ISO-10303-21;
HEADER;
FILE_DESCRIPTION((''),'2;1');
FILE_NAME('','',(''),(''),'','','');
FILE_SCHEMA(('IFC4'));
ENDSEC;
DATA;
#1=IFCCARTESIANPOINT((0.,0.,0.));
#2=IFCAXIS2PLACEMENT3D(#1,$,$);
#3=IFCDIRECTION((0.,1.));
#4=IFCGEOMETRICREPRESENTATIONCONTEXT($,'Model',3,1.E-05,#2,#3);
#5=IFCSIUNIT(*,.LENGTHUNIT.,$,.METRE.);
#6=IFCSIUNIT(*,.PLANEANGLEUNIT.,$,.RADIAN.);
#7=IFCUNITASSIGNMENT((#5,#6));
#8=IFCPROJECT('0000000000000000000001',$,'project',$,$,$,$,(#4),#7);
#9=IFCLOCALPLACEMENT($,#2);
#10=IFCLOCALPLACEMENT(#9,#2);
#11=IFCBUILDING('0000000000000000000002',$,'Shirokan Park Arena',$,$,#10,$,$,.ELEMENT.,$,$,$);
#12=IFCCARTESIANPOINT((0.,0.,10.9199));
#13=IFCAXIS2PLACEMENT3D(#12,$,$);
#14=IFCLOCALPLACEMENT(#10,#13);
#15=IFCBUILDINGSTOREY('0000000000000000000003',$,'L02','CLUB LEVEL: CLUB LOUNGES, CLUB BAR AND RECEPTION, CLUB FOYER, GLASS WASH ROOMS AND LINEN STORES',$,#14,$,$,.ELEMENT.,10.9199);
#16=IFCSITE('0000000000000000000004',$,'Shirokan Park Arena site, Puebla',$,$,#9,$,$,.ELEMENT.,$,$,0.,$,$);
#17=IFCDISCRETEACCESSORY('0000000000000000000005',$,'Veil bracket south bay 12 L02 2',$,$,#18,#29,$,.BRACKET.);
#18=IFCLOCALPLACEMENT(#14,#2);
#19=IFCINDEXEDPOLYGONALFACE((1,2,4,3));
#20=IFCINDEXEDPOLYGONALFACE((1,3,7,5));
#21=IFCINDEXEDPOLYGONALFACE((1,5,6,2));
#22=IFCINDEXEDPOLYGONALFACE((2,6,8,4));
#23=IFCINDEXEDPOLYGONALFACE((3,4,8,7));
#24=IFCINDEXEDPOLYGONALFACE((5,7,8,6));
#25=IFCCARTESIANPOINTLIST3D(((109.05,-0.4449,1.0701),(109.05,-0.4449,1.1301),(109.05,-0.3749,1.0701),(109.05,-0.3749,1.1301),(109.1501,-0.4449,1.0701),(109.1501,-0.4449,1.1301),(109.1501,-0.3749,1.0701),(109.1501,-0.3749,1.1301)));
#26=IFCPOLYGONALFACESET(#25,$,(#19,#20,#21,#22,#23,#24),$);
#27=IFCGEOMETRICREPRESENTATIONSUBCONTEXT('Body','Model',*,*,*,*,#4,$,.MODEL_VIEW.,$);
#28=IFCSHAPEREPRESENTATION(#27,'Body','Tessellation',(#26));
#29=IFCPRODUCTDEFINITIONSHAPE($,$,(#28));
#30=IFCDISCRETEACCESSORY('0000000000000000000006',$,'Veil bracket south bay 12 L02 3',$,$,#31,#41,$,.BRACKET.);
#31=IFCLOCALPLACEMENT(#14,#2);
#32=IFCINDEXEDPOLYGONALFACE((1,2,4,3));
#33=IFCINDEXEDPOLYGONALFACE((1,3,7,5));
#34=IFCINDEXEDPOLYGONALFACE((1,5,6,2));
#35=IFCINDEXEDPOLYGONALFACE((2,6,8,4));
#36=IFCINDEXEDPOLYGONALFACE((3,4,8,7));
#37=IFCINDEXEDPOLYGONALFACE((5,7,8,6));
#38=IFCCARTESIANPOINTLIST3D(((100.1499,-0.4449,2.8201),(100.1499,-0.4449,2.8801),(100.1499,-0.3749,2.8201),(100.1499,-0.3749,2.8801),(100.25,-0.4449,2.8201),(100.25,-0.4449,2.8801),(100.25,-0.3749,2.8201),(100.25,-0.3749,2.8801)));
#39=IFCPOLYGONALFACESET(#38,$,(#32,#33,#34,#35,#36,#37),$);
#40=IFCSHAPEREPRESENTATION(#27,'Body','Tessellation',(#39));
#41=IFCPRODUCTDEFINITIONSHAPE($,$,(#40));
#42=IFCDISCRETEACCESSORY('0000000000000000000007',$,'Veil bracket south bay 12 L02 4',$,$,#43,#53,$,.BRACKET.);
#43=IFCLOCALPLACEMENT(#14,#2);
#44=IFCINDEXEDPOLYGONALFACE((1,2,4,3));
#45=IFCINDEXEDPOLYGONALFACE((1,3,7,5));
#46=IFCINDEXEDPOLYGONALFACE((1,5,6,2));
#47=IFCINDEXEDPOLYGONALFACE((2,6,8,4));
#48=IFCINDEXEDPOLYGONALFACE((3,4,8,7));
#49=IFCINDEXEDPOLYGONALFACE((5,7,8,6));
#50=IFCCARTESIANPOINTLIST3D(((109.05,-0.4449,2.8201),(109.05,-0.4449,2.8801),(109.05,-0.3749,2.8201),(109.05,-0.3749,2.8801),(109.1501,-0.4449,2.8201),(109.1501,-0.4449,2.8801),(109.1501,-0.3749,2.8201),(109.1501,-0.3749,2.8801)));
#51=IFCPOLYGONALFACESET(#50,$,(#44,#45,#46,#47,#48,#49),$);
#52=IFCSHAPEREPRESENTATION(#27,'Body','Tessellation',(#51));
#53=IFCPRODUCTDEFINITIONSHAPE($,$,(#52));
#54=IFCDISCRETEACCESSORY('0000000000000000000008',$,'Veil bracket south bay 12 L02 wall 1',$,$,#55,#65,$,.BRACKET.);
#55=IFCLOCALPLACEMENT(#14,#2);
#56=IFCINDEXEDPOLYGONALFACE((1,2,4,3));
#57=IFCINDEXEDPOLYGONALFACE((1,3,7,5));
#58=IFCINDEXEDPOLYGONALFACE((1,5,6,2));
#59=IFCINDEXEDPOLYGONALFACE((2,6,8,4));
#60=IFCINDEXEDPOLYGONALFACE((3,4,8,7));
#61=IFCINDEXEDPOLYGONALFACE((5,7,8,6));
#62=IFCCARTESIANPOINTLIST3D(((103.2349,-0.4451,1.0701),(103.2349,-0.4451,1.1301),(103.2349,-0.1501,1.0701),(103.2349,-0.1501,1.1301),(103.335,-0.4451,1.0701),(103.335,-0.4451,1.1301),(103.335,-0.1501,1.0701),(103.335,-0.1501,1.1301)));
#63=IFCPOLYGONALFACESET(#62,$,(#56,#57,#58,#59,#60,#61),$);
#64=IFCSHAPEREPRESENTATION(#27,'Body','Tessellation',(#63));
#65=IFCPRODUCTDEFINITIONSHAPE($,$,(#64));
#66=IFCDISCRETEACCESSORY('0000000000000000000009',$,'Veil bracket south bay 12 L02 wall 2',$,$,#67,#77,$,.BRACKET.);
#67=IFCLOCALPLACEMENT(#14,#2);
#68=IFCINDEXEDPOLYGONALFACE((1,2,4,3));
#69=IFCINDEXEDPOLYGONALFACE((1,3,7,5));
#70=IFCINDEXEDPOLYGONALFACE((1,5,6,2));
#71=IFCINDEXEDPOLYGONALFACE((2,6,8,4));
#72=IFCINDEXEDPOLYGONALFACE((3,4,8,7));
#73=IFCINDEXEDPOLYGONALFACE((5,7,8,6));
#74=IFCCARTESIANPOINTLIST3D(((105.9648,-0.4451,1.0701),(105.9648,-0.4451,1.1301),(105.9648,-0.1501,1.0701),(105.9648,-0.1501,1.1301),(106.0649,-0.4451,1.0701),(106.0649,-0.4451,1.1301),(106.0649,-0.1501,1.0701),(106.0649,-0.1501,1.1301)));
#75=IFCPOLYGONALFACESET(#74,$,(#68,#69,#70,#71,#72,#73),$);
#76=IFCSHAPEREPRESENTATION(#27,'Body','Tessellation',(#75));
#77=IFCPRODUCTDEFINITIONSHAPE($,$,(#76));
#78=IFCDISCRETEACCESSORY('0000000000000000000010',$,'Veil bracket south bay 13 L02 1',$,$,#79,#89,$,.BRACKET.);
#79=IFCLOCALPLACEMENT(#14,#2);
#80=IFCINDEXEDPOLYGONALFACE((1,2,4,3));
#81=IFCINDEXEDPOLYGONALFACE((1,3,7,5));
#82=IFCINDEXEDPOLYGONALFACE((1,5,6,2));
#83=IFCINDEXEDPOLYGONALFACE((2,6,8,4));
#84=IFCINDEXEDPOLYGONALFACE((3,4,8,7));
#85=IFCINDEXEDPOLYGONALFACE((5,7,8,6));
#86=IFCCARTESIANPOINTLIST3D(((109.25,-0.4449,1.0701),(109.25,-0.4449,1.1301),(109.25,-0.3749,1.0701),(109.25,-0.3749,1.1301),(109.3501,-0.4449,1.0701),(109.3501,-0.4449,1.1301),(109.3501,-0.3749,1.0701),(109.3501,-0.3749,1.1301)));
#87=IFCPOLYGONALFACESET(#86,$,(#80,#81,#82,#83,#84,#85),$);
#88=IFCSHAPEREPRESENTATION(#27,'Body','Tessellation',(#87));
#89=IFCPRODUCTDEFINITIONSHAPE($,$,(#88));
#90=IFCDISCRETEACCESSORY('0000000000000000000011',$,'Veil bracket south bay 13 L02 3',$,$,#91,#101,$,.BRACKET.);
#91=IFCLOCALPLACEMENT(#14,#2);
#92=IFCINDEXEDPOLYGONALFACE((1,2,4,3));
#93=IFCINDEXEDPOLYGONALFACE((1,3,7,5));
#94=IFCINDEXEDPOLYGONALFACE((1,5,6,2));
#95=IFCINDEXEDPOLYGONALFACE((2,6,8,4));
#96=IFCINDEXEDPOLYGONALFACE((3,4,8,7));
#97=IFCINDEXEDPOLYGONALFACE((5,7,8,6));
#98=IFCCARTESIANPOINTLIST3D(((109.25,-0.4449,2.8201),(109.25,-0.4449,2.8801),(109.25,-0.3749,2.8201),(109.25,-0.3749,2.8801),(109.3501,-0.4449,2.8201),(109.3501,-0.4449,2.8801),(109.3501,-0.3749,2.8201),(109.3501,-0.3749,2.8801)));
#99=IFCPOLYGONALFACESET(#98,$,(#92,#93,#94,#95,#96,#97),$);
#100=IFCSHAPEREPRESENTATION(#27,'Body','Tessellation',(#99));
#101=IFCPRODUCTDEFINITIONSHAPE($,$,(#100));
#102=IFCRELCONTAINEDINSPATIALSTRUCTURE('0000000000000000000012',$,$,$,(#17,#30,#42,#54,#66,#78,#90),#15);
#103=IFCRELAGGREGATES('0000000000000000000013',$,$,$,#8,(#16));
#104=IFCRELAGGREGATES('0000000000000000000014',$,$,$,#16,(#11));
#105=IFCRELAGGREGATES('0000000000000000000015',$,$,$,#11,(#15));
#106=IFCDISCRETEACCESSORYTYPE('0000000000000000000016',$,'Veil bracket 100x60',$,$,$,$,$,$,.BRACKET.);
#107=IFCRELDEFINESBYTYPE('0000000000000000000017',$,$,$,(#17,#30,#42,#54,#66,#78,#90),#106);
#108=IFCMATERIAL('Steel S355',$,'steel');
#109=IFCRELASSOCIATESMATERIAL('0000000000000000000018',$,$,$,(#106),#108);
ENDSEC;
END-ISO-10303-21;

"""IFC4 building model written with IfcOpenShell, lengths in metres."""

from ifc_helpers import new_model, si_unit, direction, frame, origin, origin_2d, place, context, subcontext, project, spatial, rectangle, extrude, material, type_object, element, save


model = new_model("IFC4")

# Units and contexts
model_context = context("Model", 3, precision=1e-05, world=origin(), true_north=direction((0.0, 1.0)))
body_context = subcontext(model_context, "Body", "Model", "MODEL_VIEW")
ifc_project = project(units=[si_unit("LENGTHUNIT", "METRE"), si_unit("PLANEANGLEUNIT", "RADIAN")], contexts=[model_context])

# Site, building, storey
site_placement = place(None, origin())
site = spatial("IfcSite", under=ifc_project, at=site_placement, Name="Shirokan Park Arena site, Puebla", CompositionType="ELEMENT", RefElevation=0.0)
building_placement = place(site_placement, origin())
building = spatial("IfcBuilding", under=site, at=building_placement, Name="Shirokan Park Arena", CompositionType="ELEMENT")
storey_placement = place(building_placement, frame((0.0, 0.0, 10.9199)))
storey = spatial("IfcBuildingStorey", under=building, at=storey_placement, Name="L02", Description="CLUB LEVEL: CLUB LOUNGES, CLUB BAR AND RECEPTION, CLUB FOYER, GLASS WASH ROOMS AND LINEN STORES", CompositionType="ELEMENT", Elevation=10.9199)

# Shared definitions
ifc_material_1 = material(Name="Steel S355", Category="steel")

# Discrete accessories
discrete_accessory_type = type_object("IfcDiscreteAccessoryType", Name="Veil bracket 100x60", PredefinedType="BRACKET", material=ifc_material_1)
for number, where, z_axis, x_axis, name in (
    (1, (109.1001, -0.4099, 1.0701), (0.0, 0.0, 1.0), (1.0, 0.0, 0.0), "Veil bracket south bay 12 L02 2"),
    (2, (100.2, -0.4099, 2.8201), (0.0, 0.0, 1.0), (1.0, 0.0, 0.0), "Veil bracket south bay 12 L02 3"),
    (3, (109.1001, -0.4099, 2.8201), (0.0, 0.0, 1.0), (1.0, 0.0, 0.0), "Veil bracket south bay 12 L02 4"),
):
    element("IfcDiscreteAccessory", number, at=place(storey_placement, frame(where, z_axis=z_axis, x_axis=x_axis)), inside=storey, type_object=discrete_accessory_type, Name=name, PredefinedType="BRACKET", context=body_context, shape_type="SweptSolid", body=[
        extrude(rectangle(XDim=0.1001, YDim=0.0701, at=origin_2d()), origin(), (0.0, 0.0, 1.0), 0.0601),
    ])
for number, where, z_axis, x_axis, name in (
    (4, (103.2849, -0.2976, 1.0701), (0.0, 0.0, 1.0), (1.0, 0.0, 0.0), "Veil bracket south bay 12 L02 wall 1"),
    (5, (106.0149, -0.2976, 1.0701), (0.0, 0.0, 1.0), (1.0, 0.0, 0.0), "Veil bracket south bay 12 L02 wall 2"),
):
    element("IfcDiscreteAccessory", number, at=place(storey_placement, frame(where, z_axis=z_axis, x_axis=x_axis)), inside=storey, type_object=discrete_accessory_type, Name=name, PredefinedType="BRACKET", context=body_context, shape_type="SweptSolid", body=[
        extrude(rectangle(XDim=0.1001, YDim=0.2949, at=origin_2d()), origin(), (0.0, 0.0, 1.0), 0.0601),
    ])
for number, where, z_axis, x_axis, name in (
    (6, (109.3, -0.4099, 1.0701), (0.0, 0.0, 1.0), (1.0, 0.0, 0.0), "Veil bracket south bay 13 L02 1"),
    (7, (109.3, -0.4099, 2.8201), (0.0, 0.0, 1.0), (1.0, 0.0, 0.0), "Veil bracket south bay 13 L02 3"),
):
    element("IfcDiscreteAccessory", number, at=place(storey_placement, frame(where, z_axis=z_axis, x_axis=x_axis)), inside=storey, type_object=discrete_accessory_type, Name=name, PredefinedType="BRACKET", context=body_context, shape_type="SweptSolid", body=[
        extrude(rectangle(XDim=0.1001, YDim=0.0701, at=origin_2d()), origin(), (0.0, 0.0, 1.0), 0.0601),
    ])

save(model, "model.ifc")
